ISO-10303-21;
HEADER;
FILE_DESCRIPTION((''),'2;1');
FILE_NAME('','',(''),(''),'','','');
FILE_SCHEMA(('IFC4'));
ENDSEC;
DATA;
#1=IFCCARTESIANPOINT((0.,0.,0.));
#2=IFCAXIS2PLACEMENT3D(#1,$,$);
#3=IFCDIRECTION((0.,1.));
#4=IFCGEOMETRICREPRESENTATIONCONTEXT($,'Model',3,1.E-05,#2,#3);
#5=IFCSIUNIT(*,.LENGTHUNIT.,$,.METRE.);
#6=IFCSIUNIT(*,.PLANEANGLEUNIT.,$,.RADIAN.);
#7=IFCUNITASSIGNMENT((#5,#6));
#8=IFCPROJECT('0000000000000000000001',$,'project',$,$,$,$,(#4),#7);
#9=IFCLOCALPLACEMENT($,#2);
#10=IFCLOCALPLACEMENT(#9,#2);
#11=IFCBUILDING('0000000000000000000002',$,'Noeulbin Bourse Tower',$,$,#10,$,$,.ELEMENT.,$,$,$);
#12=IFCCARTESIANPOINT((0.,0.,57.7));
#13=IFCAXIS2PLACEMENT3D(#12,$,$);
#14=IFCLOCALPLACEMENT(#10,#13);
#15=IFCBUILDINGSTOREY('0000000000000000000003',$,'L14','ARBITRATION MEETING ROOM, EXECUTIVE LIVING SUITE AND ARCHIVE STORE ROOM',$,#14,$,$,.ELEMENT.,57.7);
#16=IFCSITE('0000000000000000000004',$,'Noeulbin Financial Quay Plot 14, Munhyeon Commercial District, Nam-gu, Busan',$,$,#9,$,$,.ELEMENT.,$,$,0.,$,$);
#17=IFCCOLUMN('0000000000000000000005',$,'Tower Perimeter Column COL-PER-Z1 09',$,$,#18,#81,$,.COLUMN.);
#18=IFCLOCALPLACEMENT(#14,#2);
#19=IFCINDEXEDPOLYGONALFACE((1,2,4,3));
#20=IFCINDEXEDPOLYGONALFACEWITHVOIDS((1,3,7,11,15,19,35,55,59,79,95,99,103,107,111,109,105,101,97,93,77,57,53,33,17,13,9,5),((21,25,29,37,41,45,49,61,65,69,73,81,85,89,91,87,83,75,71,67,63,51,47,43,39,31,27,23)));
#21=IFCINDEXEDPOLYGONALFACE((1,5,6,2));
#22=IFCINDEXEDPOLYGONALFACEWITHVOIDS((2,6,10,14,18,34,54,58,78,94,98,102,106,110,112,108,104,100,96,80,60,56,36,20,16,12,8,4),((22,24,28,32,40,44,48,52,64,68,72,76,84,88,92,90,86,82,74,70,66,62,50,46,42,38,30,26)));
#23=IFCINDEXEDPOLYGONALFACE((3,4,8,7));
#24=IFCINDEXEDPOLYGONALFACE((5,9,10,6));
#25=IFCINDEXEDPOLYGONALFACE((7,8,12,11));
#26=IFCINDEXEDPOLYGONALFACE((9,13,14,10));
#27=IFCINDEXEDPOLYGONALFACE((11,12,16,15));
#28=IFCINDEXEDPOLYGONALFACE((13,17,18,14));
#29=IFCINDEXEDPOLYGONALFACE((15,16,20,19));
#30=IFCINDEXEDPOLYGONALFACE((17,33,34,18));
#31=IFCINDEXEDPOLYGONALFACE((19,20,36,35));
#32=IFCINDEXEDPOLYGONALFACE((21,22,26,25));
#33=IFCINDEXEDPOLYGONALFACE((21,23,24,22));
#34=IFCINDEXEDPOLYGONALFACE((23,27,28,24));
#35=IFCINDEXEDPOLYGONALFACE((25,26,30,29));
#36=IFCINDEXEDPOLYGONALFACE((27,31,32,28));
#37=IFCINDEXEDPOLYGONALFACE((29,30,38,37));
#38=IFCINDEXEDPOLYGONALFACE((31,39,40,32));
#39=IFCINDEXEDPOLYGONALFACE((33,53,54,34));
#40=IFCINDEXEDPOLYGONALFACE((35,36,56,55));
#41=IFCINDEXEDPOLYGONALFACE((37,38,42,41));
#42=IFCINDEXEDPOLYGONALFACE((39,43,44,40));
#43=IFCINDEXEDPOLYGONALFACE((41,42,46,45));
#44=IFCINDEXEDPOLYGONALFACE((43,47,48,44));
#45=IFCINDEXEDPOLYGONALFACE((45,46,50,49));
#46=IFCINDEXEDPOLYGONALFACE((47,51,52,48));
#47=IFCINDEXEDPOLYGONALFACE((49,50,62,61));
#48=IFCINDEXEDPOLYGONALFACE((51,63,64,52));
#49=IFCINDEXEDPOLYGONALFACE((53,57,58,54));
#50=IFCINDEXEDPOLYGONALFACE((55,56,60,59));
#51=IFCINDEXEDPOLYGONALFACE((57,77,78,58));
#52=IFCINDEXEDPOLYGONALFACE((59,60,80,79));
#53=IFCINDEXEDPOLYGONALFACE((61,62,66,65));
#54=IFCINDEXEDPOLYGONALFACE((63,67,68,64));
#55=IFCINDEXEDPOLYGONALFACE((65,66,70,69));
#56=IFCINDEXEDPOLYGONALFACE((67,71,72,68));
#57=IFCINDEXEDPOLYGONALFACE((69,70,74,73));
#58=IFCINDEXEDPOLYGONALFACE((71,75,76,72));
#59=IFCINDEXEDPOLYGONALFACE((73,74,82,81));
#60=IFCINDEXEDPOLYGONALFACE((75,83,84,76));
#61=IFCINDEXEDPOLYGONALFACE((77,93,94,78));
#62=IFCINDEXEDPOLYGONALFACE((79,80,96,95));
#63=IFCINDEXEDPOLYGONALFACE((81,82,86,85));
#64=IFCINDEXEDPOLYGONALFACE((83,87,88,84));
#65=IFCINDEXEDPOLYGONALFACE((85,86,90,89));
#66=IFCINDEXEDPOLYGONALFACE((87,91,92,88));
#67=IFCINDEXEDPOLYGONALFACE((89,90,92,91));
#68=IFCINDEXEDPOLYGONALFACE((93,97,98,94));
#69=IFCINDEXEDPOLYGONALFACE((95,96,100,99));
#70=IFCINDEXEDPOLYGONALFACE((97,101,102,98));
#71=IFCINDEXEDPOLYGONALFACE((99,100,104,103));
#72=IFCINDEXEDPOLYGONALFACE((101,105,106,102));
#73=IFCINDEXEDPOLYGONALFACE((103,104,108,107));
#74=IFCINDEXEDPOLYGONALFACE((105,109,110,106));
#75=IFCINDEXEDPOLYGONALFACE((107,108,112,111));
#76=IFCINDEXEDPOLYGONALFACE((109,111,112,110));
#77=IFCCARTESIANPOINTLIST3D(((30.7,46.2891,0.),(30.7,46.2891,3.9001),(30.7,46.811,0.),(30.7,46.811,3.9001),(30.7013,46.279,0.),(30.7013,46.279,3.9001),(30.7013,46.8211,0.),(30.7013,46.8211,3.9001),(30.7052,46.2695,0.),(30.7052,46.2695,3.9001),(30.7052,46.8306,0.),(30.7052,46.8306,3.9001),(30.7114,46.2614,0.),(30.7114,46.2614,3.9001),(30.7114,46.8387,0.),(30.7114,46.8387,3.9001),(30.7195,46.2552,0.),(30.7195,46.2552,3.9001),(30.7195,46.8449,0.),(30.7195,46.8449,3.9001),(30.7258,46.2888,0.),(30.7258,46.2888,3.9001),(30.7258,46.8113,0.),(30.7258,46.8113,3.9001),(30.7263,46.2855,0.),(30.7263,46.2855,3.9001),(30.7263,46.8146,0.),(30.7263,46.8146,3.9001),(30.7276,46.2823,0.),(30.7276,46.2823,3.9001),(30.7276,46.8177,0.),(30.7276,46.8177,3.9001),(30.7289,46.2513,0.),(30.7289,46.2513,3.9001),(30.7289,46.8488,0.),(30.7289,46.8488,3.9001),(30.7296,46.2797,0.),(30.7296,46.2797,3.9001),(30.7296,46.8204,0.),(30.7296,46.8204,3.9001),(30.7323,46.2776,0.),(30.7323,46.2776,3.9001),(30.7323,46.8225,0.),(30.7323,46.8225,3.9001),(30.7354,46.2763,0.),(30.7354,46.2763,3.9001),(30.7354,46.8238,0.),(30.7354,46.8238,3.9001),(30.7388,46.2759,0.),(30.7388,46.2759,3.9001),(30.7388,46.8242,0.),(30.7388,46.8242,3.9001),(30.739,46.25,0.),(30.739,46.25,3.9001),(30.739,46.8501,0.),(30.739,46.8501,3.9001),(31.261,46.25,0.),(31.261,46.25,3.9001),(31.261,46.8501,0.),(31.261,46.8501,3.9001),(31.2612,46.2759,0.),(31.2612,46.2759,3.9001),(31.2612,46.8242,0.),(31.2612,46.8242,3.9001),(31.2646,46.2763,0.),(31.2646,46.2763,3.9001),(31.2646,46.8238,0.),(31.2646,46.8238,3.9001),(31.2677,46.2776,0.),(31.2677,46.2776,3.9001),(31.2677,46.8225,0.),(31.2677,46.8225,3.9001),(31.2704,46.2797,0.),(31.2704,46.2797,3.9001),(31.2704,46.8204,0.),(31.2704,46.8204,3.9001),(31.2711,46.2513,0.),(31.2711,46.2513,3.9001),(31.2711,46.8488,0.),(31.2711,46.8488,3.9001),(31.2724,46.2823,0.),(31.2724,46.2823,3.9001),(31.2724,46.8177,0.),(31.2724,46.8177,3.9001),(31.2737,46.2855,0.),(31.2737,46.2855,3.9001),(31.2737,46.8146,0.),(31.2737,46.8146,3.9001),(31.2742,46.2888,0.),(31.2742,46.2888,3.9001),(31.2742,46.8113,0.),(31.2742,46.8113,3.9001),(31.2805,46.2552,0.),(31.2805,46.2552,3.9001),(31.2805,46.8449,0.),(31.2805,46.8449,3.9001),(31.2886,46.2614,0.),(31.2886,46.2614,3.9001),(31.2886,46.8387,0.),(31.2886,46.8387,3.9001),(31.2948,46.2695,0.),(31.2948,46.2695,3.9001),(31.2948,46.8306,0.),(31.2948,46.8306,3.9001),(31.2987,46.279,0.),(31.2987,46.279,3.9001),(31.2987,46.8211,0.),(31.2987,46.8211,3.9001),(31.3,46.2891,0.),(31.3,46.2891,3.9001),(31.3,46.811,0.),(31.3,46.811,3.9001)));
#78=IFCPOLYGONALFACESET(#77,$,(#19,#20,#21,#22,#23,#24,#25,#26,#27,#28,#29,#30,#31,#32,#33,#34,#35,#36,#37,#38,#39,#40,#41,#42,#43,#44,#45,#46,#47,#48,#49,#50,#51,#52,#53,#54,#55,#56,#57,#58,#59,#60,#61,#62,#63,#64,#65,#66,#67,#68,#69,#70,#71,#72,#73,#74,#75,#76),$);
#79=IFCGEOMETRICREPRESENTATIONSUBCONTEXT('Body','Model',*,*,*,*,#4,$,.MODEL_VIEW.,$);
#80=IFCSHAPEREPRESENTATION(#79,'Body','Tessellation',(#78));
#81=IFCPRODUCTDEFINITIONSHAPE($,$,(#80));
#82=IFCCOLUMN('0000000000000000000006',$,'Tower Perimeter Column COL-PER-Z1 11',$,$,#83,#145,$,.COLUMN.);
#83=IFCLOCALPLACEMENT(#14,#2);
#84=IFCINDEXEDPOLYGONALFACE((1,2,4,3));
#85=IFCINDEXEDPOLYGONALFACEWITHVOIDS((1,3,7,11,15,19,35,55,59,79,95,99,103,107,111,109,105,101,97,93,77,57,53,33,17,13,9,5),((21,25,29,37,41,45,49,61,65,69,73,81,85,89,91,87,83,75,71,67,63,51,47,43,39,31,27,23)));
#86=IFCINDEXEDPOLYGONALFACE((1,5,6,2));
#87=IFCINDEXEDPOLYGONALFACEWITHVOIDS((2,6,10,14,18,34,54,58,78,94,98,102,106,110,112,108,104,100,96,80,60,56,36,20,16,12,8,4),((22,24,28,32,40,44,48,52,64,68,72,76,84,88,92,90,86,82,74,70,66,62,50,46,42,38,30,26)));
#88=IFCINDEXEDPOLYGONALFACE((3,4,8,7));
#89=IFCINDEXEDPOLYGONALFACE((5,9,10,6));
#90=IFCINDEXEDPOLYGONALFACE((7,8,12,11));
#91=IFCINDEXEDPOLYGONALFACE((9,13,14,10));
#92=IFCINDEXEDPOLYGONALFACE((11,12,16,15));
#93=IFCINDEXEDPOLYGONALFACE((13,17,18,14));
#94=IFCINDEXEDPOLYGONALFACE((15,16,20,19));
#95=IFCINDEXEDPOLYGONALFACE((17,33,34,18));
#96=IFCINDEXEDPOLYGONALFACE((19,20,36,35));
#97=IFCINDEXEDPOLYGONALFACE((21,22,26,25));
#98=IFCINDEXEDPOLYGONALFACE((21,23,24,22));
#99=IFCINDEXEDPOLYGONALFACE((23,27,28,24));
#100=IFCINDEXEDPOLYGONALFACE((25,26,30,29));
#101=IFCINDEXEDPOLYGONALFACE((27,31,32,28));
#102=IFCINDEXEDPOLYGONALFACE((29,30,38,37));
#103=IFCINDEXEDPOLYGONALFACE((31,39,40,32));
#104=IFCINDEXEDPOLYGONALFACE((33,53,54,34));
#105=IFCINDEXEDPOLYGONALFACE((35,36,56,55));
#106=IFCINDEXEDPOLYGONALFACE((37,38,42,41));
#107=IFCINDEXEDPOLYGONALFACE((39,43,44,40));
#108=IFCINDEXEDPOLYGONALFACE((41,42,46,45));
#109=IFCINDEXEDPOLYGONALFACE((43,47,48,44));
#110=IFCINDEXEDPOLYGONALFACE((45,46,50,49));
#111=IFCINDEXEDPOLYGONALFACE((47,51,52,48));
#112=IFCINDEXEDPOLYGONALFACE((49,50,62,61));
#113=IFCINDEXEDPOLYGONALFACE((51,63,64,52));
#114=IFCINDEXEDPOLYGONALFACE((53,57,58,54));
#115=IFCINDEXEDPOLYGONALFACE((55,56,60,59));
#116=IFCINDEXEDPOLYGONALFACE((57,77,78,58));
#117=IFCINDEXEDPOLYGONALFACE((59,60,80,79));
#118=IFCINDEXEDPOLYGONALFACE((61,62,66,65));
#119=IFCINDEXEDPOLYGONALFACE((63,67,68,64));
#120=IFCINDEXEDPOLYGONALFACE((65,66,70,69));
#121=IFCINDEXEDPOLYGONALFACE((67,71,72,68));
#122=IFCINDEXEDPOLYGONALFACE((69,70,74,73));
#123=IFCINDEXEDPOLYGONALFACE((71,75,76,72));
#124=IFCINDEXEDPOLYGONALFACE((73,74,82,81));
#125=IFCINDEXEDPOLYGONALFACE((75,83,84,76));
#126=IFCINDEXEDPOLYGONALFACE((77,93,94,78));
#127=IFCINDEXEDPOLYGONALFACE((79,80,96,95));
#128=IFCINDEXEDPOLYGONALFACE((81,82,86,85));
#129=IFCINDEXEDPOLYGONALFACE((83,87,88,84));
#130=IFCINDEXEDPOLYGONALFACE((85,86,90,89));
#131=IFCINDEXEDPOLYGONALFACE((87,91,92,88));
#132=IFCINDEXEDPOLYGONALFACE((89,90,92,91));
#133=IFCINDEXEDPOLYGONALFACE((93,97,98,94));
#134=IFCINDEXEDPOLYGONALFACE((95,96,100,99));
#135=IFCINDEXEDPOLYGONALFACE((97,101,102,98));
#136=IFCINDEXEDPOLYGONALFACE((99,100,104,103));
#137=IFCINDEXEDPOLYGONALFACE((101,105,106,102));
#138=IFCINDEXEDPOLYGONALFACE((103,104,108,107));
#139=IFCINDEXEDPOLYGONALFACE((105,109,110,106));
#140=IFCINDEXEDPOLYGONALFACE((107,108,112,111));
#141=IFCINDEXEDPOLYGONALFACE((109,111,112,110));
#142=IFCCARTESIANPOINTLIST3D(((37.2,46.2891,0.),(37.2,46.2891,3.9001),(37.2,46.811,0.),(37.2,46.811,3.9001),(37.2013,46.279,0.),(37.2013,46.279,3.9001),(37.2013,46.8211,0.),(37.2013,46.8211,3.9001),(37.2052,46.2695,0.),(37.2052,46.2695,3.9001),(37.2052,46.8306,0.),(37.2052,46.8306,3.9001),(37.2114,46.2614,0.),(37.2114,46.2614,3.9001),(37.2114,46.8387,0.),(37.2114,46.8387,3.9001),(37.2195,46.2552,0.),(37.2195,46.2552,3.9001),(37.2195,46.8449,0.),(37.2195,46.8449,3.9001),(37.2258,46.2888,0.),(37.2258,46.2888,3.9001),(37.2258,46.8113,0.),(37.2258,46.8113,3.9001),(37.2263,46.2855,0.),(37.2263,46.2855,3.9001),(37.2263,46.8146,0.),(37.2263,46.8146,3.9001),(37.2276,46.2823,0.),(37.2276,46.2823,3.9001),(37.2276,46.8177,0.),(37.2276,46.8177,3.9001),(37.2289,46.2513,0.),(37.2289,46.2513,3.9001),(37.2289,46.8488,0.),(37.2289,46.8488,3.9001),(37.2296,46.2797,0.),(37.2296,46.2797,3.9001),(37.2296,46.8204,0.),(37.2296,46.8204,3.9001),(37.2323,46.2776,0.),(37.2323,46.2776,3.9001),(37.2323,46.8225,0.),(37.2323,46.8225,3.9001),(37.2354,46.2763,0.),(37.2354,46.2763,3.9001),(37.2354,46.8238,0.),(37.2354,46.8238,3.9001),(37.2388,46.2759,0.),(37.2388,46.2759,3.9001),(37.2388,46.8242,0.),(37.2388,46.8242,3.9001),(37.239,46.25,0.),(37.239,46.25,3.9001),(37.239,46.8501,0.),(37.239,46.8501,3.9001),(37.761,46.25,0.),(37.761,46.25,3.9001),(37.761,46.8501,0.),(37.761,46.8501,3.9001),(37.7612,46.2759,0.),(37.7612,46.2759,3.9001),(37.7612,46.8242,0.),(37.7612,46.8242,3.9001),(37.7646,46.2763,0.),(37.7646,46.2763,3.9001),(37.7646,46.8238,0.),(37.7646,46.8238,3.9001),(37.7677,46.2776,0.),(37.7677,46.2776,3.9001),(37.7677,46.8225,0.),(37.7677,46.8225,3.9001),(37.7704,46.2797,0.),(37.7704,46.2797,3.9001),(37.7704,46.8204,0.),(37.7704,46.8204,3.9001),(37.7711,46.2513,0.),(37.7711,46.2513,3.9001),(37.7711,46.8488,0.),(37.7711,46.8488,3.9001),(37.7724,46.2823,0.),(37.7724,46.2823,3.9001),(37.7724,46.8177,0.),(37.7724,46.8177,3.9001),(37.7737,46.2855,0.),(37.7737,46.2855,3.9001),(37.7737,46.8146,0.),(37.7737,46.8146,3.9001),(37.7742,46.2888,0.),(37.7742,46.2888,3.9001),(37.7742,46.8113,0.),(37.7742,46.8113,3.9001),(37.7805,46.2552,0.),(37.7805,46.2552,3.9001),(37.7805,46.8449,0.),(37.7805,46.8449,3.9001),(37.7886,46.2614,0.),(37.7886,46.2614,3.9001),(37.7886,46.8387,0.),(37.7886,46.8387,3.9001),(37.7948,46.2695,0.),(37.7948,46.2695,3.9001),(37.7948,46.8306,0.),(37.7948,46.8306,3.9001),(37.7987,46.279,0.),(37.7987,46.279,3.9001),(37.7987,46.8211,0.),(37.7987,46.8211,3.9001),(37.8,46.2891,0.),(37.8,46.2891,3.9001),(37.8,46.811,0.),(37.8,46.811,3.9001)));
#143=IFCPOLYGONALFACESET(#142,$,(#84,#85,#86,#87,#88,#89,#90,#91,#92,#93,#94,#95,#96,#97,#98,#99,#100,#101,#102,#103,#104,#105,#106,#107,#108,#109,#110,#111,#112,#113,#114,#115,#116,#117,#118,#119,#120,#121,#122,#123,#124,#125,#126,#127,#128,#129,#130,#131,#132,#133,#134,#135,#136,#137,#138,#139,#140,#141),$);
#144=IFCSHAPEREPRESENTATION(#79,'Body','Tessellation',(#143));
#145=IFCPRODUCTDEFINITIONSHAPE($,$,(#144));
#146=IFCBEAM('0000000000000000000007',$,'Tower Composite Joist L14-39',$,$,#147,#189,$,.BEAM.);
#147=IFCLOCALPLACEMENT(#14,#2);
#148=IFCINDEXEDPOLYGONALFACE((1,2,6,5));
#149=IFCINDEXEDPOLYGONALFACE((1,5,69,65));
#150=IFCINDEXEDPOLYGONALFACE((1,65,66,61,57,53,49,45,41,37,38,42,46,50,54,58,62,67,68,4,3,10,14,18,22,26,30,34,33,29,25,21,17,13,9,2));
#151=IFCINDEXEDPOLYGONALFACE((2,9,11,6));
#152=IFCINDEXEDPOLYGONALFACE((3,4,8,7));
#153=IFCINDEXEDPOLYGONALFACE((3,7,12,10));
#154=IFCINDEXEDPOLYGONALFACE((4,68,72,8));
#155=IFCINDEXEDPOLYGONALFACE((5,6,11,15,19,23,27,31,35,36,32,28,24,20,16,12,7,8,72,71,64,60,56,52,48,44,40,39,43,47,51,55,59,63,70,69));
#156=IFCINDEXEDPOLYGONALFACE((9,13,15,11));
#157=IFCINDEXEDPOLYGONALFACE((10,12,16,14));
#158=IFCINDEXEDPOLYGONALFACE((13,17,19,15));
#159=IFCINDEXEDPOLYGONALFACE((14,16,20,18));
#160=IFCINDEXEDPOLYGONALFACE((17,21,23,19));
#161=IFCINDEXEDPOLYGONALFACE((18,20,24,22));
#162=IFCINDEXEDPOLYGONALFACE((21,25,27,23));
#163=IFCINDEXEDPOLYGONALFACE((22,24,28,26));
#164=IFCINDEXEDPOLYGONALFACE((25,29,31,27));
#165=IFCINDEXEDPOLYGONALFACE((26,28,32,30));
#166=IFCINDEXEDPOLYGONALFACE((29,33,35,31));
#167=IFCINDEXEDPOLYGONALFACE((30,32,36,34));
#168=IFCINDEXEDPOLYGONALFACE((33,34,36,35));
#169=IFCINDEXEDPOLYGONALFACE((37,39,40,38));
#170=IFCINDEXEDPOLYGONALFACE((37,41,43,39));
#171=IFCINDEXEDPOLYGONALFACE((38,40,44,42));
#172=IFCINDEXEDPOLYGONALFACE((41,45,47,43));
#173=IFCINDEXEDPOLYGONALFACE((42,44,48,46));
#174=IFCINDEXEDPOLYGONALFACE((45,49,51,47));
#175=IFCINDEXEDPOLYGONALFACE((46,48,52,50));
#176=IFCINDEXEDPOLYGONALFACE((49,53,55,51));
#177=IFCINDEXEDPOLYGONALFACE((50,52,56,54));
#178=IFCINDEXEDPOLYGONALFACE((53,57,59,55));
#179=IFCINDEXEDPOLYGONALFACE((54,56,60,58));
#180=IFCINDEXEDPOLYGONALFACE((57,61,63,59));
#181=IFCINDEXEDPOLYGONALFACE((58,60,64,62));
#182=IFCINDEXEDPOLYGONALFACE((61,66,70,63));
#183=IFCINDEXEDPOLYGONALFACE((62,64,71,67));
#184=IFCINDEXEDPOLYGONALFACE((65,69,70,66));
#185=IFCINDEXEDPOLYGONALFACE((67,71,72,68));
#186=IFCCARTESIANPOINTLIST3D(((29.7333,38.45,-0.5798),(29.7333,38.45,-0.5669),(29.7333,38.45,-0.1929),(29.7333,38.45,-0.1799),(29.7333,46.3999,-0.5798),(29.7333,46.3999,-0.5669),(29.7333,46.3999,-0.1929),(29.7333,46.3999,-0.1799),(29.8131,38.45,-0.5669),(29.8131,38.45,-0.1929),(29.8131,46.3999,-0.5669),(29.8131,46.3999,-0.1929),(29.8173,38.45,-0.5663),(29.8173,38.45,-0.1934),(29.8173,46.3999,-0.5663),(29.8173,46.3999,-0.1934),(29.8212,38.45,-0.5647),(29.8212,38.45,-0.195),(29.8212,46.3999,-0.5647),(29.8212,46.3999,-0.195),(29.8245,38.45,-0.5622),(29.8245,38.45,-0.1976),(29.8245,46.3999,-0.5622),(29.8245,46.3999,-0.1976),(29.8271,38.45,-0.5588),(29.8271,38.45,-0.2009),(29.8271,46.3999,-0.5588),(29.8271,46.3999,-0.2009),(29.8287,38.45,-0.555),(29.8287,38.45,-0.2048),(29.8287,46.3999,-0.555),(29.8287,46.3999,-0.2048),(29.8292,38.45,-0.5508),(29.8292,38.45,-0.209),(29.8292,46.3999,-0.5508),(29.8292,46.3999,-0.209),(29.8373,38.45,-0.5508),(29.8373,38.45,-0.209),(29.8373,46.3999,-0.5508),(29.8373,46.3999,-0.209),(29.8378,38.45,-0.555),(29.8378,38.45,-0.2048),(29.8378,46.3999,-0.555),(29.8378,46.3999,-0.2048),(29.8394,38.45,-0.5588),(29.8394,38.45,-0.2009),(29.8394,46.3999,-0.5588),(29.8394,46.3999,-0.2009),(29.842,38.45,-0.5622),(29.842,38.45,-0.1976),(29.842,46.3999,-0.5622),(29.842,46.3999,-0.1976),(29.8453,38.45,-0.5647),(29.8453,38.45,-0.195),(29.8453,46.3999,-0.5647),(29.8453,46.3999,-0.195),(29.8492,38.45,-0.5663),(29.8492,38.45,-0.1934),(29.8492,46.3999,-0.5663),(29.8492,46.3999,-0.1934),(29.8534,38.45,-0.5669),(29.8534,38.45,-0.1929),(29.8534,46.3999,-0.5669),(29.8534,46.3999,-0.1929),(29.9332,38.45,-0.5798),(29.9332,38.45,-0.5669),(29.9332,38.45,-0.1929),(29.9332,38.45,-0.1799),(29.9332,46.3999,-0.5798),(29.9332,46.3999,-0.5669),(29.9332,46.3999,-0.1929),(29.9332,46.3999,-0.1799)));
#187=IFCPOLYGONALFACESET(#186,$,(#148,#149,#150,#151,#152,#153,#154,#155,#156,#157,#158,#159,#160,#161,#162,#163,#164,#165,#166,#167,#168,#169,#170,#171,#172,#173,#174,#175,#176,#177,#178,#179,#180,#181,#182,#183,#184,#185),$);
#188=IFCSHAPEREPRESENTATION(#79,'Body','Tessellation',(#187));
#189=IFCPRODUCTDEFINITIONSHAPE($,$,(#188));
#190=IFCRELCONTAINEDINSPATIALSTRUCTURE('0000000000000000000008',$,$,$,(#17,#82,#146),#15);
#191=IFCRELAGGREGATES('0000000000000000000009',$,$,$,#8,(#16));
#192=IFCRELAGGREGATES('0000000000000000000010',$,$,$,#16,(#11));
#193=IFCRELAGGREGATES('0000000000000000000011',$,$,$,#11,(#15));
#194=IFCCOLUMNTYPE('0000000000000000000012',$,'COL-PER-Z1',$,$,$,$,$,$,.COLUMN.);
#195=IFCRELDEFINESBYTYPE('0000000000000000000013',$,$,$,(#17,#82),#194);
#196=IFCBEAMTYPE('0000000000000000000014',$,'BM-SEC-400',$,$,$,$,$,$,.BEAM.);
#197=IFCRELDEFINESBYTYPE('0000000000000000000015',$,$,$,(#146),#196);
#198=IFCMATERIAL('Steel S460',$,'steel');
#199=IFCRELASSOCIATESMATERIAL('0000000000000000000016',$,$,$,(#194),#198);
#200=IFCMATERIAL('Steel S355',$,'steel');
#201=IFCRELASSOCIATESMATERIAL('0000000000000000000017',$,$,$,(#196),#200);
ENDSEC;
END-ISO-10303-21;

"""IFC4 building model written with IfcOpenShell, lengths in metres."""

from ifc_helpers import new_model, si_unit, direction, frame, origin, origin_2d, place, context, subcontext, project, spatial, hollow_rectangle, i_section, extrude, material, material_profile, profile_set, type_object, element, save


model = new_model("IFC4")

# Units and contexts
model_context = context("Model", 3, precision=1e-05, world=origin(), true_north=direction((0.0, 1.0)))
body_context = subcontext(model_context, "Body", "Model", "MODEL_VIEW")
ifc_project = project(units=[si_unit("LENGTHUNIT", "METRE"), si_unit("PLANEANGLEUNIT", "RADIAN")], contexts=[model_context])

# Site, building, storey
site_placement = place(None, origin())
site = spatial("IfcSite", under=ifc_project, at=site_placement, Name="Noeulbin Financial Quay Plot 14, Munhyeon Commercial District, Nam-gu, Busan", CompositionType="ELEMENT", RefElevation=0.0)
building_placement = place(site_placement, origin())
building = spatial("IfcBuilding", under=site, at=building_placement, Name="Noeulbin Bourse Tower", CompositionType="ELEMENT")
storey_placement = place(building_placement, frame((0.0, 0.0, 57.7)))
storey = spatial("IfcBuildingStorey", under=building, at=storey_placement, Name="L14", Description="ARBITRATION MEETING ROOM, EXECUTIVE LIVING SUITE AND ARCHIVE STORE ROOM", CompositionType="ELEMENT", Elevation=57.7)

# Columns
ifc_material_1 = material(Name="Steel S460", Category="steel")
ifc_material_profile_1 = material_profile(ifc_material_1, hollow_rectangle(XDim=0.6001, YDim=0.6001, WallThickness=0.0259, InnerFilletRadius=0.0129, OuterFilletRadius=0.0391, at=origin_2d()), Name="BOX-600x600x26", Category="LoadBearing")
ifc_profile_set_1 = profile_set([ifc_material_profile_1], Name="Steel S460")
column_type = type_object("IfcColumnType", Name="COL-PER-Z1", PredefinedType="COLUMN", material=ifc_profile_set_1)
for number, where, z_axis, x_axis, name in (
    (1, (31.0, 46.55, 0.0), (0.0, 0.0, 1.0), (1.0, 0.0, 0.0), "Tower Perimeter Column COL-PER-Z1 09"),
    (2, (37.5, 46.55, 0.0), (0.0, 0.0, 1.0), (1.0, 0.0, 0.0), "Tower Perimeter Column COL-PER-Z1 11"),
):
    element("IfcColumn", number, at=place(storey_placement, frame(where, z_axis=z_axis, x_axis=x_axis)), inside=storey, type_object=column_type, Name=name, PredefinedType="COLUMN", context=body_context, shape_type="SweptSolid", body=[
        extrude(hollow_rectangle(XDim=0.6001, YDim=0.6001, WallThickness=0.0259, InnerFilletRadius=0.0129, OuterFilletRadius=0.0391, at=origin_2d()), origin(), (0.0, 0.0, 1.0), 3.9001),
    ])

# Beam
ifc_material_2 = material(Name="Steel S355", Category="steel")
ifc_material_profile_2 = material_profile(ifc_material_2, i_section(OverallWidth=0.2, OverallDepth=0.3999, WebThickness=0.0081, FlangeThickness=0.0129, FilletRadius=0.0161, at=origin_2d()), Name="H-400x200x8x13", Category="LoadBearing")
ifc_profile_set_2 = profile_set([ifc_material_profile_2], Name="Steel S355")
beam_type_1 = type_object("IfcBeamType", Name="BM-SEC-400", PredefinedType="BEAM", material=ifc_profile_set_2)
for number, where, z_axis, x_axis, name in (
    (3, (29.8333, 38.45, -0.3799), (0.0, 1.0, 0.0), (-1.0, 0.0, 0.0), "Tower Composite Joist L14-39"),
):
    element("IfcBeam", number, at=place(storey_placement, frame(where, z_axis=z_axis, x_axis=x_axis)), inside=storey, type_object=beam_type_1, Name=name, PredefinedType="BEAM", context=body_context, shape_type="SweptSolid", body=[
        extrude(i_section(OverallWidth=0.2, OverallDepth=0.3999, WebThickness=0.0081, FlangeThickness=0.0129, FilletRadius=0.0161, at=origin_2d()), origin(), (0.0, 0.0, 1.0), 7.95),
    ])

save(model, "model.ifc")
